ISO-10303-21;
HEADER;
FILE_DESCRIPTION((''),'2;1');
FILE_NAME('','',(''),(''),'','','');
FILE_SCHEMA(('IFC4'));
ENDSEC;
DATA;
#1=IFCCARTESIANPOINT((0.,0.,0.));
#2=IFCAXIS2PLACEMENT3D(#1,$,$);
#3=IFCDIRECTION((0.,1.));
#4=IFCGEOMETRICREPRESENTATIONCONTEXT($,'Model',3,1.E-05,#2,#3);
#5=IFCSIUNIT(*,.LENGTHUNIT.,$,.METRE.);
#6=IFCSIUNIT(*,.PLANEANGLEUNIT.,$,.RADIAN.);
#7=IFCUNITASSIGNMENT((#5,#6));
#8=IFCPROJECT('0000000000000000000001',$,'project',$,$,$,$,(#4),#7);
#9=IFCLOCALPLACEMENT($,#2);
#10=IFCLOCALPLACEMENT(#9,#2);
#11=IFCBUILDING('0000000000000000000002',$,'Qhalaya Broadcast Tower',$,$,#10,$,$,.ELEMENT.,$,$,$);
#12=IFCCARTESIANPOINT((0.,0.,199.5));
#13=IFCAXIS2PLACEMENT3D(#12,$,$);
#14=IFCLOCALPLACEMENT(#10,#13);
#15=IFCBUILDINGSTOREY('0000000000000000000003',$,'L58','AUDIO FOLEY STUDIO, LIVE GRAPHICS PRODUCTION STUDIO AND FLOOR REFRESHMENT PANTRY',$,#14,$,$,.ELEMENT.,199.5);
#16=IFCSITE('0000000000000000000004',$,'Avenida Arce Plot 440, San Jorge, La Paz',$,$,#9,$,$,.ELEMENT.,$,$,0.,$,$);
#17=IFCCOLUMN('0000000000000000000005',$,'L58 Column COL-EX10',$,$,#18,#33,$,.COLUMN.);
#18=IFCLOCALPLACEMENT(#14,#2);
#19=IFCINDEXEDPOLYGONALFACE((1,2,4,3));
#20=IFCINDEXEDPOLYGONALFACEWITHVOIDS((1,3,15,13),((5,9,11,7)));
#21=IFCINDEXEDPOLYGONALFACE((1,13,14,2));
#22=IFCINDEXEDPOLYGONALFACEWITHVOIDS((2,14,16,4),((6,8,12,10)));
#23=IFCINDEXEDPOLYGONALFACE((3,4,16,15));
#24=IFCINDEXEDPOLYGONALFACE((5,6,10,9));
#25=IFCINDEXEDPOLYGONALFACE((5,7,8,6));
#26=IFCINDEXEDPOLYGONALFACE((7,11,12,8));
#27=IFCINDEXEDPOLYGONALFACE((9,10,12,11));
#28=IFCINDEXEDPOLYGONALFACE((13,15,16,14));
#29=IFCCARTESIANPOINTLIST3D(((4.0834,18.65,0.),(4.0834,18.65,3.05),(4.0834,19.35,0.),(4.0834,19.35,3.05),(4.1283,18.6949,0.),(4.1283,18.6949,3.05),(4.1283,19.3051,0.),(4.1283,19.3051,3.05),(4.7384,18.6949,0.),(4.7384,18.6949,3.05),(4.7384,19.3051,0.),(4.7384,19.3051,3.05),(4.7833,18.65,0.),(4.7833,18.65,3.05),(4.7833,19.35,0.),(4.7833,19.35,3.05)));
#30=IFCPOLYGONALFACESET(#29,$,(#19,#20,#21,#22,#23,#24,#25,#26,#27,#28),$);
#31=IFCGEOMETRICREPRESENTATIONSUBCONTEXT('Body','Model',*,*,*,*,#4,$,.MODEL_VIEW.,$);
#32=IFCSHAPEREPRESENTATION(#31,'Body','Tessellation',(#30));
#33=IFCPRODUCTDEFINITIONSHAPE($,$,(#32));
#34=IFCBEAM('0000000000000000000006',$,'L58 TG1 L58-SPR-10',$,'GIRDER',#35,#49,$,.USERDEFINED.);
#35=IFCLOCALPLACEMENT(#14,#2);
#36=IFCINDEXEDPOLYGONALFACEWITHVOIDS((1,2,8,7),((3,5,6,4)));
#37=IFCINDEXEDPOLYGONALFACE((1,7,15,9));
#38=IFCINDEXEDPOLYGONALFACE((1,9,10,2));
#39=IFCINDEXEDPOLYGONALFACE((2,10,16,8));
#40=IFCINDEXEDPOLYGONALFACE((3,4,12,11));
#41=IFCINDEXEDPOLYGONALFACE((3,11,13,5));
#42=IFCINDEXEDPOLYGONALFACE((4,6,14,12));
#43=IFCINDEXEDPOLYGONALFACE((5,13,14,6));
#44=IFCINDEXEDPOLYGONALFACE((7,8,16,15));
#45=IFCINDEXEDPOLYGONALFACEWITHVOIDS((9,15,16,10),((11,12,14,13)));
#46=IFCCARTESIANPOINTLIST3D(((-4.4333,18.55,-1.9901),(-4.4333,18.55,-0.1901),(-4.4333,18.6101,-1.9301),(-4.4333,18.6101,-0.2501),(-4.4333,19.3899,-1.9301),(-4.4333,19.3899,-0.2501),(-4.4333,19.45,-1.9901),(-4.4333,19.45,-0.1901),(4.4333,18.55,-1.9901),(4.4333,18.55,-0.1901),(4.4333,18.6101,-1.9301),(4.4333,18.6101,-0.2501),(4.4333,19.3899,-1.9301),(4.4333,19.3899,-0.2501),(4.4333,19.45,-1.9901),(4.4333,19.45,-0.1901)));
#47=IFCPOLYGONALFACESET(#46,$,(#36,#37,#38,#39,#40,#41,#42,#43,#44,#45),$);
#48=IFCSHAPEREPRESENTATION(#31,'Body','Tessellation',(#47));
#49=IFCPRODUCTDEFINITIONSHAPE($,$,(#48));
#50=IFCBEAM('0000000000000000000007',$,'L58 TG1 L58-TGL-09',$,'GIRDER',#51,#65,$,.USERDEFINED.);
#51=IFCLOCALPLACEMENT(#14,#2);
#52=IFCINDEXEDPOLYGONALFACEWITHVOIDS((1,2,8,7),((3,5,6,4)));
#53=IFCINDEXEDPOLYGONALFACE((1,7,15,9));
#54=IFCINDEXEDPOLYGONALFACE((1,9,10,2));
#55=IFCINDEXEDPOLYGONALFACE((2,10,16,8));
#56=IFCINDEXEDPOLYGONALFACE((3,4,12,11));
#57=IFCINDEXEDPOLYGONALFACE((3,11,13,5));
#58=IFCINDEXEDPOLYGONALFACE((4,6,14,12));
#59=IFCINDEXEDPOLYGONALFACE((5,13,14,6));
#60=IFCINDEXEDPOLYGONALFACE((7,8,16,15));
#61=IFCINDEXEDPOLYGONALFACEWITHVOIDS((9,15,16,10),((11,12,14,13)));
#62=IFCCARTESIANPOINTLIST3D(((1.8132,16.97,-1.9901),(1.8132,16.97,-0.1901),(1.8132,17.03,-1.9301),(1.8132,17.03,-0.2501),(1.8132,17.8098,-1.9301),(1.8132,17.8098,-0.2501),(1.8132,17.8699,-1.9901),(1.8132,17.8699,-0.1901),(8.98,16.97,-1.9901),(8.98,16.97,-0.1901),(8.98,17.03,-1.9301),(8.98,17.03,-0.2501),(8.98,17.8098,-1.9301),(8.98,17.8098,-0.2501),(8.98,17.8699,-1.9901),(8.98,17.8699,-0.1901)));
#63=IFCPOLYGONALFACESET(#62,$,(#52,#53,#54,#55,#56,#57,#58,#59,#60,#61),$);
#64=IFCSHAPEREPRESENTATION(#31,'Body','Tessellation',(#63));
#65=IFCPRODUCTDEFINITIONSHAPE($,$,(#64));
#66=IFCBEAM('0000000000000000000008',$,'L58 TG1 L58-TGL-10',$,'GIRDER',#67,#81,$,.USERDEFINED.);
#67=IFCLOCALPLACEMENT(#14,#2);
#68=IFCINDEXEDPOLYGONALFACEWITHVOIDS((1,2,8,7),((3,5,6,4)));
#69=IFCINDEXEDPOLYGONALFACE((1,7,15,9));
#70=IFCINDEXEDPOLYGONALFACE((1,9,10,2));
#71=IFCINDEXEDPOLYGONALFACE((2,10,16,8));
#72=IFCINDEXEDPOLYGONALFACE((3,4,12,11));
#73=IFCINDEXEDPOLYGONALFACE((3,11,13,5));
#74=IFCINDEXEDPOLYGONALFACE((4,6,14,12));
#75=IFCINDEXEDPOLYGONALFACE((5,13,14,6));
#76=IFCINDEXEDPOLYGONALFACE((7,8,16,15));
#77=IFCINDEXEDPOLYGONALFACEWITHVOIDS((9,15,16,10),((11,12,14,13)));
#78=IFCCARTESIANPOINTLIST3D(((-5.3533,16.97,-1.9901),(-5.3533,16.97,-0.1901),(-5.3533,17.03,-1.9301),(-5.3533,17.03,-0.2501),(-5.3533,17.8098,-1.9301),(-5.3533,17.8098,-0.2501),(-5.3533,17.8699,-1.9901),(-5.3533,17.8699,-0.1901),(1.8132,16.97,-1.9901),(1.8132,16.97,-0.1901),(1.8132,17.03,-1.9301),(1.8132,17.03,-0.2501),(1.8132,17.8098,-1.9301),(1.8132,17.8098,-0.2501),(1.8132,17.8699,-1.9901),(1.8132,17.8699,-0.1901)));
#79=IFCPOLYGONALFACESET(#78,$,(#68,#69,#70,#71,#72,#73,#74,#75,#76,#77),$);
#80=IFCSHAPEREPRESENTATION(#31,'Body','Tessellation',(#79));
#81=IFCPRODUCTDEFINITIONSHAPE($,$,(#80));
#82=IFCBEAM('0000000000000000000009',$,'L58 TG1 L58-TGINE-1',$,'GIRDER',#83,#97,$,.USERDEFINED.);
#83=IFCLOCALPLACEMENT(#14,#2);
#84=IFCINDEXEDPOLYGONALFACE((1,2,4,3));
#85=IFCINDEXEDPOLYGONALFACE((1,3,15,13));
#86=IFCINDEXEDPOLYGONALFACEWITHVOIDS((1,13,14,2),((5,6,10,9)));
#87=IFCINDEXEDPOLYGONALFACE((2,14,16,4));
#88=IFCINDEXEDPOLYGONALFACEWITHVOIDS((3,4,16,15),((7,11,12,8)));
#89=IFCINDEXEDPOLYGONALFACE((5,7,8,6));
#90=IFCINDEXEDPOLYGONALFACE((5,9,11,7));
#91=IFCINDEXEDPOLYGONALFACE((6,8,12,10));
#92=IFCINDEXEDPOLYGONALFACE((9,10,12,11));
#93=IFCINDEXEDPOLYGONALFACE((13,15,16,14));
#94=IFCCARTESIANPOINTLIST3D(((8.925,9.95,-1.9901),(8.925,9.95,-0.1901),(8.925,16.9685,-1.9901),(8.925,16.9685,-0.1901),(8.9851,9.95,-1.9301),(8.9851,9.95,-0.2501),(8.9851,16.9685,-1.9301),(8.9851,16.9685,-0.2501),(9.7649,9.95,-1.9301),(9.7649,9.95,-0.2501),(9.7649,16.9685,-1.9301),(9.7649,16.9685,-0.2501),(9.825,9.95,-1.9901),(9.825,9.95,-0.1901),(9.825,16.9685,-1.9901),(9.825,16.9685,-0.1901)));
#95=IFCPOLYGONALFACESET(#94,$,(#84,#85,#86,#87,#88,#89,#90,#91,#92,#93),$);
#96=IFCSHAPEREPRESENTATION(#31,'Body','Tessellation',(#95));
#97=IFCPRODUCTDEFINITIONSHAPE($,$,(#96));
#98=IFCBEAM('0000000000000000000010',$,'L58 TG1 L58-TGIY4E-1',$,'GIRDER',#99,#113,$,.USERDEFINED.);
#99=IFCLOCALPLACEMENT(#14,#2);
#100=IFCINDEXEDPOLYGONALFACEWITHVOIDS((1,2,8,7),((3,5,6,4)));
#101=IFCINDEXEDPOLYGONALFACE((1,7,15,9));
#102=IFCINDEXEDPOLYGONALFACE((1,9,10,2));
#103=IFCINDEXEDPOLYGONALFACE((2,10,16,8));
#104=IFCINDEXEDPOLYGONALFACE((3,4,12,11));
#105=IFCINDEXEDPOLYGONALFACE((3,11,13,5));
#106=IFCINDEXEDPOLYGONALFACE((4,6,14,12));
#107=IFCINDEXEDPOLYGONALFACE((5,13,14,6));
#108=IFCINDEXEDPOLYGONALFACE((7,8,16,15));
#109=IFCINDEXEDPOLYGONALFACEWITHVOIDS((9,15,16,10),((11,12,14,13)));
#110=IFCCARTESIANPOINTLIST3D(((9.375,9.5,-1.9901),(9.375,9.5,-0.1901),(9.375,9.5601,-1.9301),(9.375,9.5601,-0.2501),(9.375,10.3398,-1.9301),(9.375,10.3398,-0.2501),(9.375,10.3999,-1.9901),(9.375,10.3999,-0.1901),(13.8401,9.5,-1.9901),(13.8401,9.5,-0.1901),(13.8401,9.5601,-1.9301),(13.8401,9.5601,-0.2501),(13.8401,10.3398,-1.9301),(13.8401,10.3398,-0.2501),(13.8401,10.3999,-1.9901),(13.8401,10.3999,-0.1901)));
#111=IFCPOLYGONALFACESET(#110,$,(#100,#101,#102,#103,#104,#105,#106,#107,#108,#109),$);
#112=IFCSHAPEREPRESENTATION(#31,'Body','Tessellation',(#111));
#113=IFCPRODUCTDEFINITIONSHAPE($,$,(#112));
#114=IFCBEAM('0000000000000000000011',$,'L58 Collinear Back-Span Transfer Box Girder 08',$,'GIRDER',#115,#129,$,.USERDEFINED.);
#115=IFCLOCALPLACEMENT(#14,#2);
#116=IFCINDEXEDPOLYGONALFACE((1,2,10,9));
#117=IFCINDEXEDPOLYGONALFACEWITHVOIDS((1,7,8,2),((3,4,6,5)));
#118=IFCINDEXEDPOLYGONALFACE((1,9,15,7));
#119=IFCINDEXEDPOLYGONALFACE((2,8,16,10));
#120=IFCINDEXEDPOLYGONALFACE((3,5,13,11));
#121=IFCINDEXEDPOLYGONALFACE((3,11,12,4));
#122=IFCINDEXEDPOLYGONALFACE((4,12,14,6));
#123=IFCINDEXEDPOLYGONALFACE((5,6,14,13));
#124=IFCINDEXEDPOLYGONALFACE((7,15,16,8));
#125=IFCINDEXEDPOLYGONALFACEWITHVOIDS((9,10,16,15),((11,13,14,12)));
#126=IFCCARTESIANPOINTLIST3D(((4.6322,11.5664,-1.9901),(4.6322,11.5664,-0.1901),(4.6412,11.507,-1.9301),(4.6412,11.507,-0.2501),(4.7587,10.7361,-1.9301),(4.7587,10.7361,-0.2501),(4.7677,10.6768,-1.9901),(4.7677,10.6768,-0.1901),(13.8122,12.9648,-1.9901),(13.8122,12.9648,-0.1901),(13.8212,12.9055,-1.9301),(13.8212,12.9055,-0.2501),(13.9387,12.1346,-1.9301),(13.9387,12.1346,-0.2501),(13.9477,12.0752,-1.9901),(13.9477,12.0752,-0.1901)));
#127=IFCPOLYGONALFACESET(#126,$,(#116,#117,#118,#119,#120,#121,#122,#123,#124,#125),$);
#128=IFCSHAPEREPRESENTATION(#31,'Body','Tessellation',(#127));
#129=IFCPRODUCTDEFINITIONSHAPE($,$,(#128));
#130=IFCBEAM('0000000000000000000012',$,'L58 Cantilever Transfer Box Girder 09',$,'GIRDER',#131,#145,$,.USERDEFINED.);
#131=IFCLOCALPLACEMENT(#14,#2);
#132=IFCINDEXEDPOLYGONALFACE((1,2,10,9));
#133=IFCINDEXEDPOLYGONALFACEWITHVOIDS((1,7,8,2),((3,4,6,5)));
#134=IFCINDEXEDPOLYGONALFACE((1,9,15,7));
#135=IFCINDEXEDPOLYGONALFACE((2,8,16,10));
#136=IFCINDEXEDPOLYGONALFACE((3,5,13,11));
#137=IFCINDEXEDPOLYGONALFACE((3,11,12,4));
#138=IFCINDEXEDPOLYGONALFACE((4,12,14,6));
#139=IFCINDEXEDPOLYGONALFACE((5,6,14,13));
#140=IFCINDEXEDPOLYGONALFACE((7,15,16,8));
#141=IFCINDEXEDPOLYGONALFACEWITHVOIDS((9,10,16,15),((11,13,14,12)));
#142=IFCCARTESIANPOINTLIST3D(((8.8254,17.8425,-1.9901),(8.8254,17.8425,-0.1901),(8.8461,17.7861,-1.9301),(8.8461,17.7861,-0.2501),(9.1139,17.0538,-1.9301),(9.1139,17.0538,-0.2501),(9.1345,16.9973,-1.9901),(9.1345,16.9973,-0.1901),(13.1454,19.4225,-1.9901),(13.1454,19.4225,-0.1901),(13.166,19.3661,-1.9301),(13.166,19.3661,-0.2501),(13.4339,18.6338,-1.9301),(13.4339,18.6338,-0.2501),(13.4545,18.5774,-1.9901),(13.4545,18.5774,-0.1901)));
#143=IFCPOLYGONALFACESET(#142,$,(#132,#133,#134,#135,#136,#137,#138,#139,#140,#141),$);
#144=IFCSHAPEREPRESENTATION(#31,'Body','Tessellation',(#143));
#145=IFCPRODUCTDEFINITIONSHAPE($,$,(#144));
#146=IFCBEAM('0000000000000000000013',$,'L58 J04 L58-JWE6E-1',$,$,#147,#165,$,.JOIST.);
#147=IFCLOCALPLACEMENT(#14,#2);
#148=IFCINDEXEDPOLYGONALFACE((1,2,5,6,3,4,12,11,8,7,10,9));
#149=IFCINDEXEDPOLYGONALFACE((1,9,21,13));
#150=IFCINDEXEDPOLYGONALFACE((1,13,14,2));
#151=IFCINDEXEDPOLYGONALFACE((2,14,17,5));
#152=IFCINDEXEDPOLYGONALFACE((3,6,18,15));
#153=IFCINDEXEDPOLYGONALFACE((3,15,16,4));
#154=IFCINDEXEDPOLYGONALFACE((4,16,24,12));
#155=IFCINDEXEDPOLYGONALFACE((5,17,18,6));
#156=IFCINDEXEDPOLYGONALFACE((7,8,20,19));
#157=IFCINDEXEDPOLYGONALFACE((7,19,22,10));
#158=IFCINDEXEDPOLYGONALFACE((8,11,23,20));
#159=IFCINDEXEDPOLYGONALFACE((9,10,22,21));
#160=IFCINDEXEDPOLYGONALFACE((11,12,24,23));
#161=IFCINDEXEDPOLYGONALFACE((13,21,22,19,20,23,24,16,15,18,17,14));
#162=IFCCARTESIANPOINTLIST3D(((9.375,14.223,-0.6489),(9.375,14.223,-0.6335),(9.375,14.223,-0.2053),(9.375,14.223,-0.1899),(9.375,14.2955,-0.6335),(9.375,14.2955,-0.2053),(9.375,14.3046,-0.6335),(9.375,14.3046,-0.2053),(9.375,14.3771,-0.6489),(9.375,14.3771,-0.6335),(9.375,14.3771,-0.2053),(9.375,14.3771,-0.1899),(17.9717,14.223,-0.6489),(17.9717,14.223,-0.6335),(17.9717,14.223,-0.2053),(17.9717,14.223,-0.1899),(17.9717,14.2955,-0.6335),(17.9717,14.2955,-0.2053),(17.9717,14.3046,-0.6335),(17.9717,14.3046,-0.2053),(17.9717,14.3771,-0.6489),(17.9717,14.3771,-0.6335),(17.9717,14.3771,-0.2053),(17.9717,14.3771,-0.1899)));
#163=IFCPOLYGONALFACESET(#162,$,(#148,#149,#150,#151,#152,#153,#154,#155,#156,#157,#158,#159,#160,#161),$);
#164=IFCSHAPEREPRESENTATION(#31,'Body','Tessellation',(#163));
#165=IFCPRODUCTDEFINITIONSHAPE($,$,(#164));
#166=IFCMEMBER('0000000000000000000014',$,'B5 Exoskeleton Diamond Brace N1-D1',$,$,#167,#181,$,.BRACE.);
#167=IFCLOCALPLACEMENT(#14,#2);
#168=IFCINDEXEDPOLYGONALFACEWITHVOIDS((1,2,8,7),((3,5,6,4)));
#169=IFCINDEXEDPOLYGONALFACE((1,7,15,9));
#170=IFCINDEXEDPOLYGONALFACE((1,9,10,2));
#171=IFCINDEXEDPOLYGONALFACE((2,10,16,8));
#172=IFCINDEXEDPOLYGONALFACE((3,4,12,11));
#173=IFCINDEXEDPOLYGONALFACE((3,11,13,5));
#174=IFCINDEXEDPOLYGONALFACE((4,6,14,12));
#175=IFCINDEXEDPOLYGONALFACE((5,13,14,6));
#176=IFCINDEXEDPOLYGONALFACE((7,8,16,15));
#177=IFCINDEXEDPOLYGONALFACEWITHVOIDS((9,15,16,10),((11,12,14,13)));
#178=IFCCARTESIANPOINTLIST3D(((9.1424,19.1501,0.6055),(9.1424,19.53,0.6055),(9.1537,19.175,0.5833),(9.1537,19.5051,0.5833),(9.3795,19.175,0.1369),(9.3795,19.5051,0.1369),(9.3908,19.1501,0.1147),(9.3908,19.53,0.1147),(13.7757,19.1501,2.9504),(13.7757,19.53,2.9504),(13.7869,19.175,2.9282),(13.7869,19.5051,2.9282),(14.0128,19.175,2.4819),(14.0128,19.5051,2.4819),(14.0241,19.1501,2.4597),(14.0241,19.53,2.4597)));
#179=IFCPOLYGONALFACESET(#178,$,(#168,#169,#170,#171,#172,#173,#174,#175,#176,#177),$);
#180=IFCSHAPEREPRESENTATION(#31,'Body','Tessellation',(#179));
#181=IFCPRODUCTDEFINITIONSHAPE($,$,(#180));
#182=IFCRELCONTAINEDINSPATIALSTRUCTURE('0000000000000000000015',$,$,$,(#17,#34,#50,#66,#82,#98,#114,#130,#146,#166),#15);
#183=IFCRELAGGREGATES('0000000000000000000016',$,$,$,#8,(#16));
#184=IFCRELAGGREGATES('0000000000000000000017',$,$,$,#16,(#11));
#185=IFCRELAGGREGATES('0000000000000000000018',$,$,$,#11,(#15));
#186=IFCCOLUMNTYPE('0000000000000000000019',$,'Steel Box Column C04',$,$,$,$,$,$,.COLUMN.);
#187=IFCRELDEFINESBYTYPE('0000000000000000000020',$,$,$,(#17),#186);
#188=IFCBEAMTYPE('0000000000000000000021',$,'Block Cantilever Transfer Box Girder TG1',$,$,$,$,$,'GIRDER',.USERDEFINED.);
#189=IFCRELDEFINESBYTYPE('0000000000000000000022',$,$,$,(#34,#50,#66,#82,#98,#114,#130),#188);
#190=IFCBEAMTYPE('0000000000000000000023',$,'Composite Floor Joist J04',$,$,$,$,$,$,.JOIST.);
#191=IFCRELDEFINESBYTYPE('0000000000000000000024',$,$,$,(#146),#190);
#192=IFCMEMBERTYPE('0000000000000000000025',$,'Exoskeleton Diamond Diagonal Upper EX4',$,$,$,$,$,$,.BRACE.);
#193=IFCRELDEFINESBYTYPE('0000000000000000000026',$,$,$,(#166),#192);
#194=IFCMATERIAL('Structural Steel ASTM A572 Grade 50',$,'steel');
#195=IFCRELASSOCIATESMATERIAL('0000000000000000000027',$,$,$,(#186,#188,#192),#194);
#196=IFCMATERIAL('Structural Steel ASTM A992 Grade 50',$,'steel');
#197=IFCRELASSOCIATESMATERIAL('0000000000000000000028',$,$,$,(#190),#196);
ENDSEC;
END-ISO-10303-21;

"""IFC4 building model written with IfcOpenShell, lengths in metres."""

from ifc_helpers import new_model, si_unit, direction, frame, origin, origin_2d, place, context, subcontext, project, spatial, hollow_rectangle, i_section, extrude, material, material_profile, profile_set, type_object, element, save


model = new_model("IFC4")

# Units and contexts
model_context = context("Model", 3, precision=1e-05, world=origin(), true_north=direction((0.0, 1.0)))
body_context = subcontext(model_context, "Body", "Model", "MODEL_VIEW")
ifc_project = project(units=[si_unit("LENGTHUNIT", "METRE"), si_unit("PLANEANGLEUNIT", "RADIAN")], contexts=[model_context])

# Site, building, storey
site_placement = place(None, origin())
site = spatial("IfcSite", under=ifc_project, at=site_placement, Name="Avenida Arce Plot 440, San Jorge, La Paz", CompositionType="ELEMENT", RefElevation=0.0)
building_placement = place(site_placement, origin())
building = spatial("IfcBuilding", under=site, at=building_placement, Name="Qhalaya Broadcast Tower", CompositionType="ELEMENT")
storey_placement = place(building_placement, frame((0.0, 0.0, 199.5)))
storey = spatial("IfcBuildingStorey", under=building, at=storey_placement, Name="L58", Description="AUDIO FOLEY STUDIO, LIVE GRAPHICS PRODUCTION STUDIO AND FLOOR REFRESHMENT PANTRY", CompositionType="ELEMENT", Elevation=199.5)

# Column
ifc_material_1 = material(Name="Structural Steel ASTM A572 Grade 50", Category="steel")
ifc_material_profile_1 = material_profile(ifc_material_1, hollow_rectangle(XDim=0.7, YDim=0.7, WallThickness=0.0449, at=origin_2d()), Name="BOX 700x700x45")
ifc_profile_set_1 = profile_set([ifc_material_profile_1], Name="Structural Steel ASTM A572 Grade 50")
column_type = type_object("IfcColumnType", Name="Steel Box Column C04", PredefinedType="COLUMN", material=ifc_profile_set_1)
column_placement = place(storey_placement, frame((4.4333, 19.0, 0.0), z_axis=(0.0, 0.0, 1.0), x_axis=(1.0, 0.0, 0.0)))
element("IfcColumn", 1, at=column_placement, inside=storey, type_object=column_type, Name="L58 Column COL-EX10", PredefinedType="COLUMN", context=body_context, shape_type="SweptSolid", body=[
    extrude(hollow_rectangle(XDim=0.7, YDim=0.7, WallThickness=0.0449, at=origin_2d()), origin(), (0.0, 0.0, 1.0), 3.05),
])

# Beams
ifc_material_profile_2 = material_profile(ifc_material_1, hollow_rectangle(XDim=0.8999, YDim=1.8, WallThickness=0.0601, at=origin_2d()), Name="BOX 900x1800x60")
ifc_profile_set_2 = profile_set([ifc_material_profile_2], Name="Structural Steel ASTM A572 Grade 50")
beam_type_1 = type_object("IfcBeamType", Name="Block Cantilever Transfer Box Girder TG1", ElementType="GIRDER", PredefinedType="USERDEFINED", material=ifc_profile_set_2)
beam_1_placement = place(storey_placement, frame((4.4333, 19.0, -1.0901), z_axis=(-1.0, 0.0, 0.0), x_axis=(0.0, -1.0, 0.0)))
element("IfcBeam", 2, at=beam_1_placement, inside=storey, type_object=beam_type_1, Name="L58 TG1 L58-SPR-10", ObjectType="GIRDER", PredefinedType="USERDEFINED", context=body_context, shape_type="SweptSolid", body=[
    extrude(hollow_rectangle(XDim=0.8999, YDim=1.8, WallThickness=0.0601, at=origin_2d()), origin(), (0.0, 0.0, 1.0), 8.8667),
])
beam_2_placement = place(storey_placement, frame((8.98, 17.4199, -1.0901), z_axis=(-1.0, 0.0, 0.0), x_axis=(0.0, -1.0, 0.0)))
element("IfcBeam", 3, at=beam_2_placement, inside=storey, type_object=beam_type_1, Name="L58 TG1 L58-TGL-09", ObjectType="GIRDER", PredefinedType="USERDEFINED", context=body_context, shape_type="SweptSolid", body=[
    extrude(hollow_rectangle(XDim=0.8999, YDim=1.8, WallThickness=0.0601, at=origin_2d()), origin(), (0.0, 0.0, 1.0), 7.1667),
])
beam_3_placement = place(storey_placement, frame((1.8132, 17.4199, -1.0901), z_axis=(-1.0, 0.0, 0.0), x_axis=(0.0, -1.0, 0.0)))
element("IfcBeam", 4, at=beam_3_placement, inside=storey, type_object=beam_type_1, Name="L58 TG1 L58-TGL-10", ObjectType="GIRDER", PredefinedType="USERDEFINED", context=body_context, shape_type="SweptSolid", body=[
    extrude(hollow_rectangle(XDim=0.8999, YDim=1.8, WallThickness=0.0601, at=origin_2d()), origin(), (0.0, 0.0, 1.0), 7.1665),
])
beam_4_placement = place(storey_placement, frame((9.375, 9.95, -1.0901), z_axis=(0.0, 1.0, 0.0), x_axis=(-1.0, 0.0, 0.0)))
element("IfcBeam", 5, at=beam_4_placement, inside=storey, type_object=beam_type_1, Name="L58 TG1 L58-TGINE-1", ObjectType="GIRDER", PredefinedType="USERDEFINED", context=body_context, shape_type="SweptSolid", body=[
    extrude(hollow_rectangle(XDim=0.8999, YDim=1.8, WallThickness=0.0601, at=origin_2d()), origin(), (0.0, 0.0, 1.0), 7.0186),
])
beam_5_placement = place(storey_placement, frame((9.375, 9.95, -1.0901), z_axis=(1.0, 0.0, 0.0), x_axis=(0.0, 1.0, 0.0)))
element("IfcBeam", 6, at=beam_5_placement, inside=storey, type_object=beam_type_1, Name="L58 TG1 L58-TGIY4E-1", ObjectType="GIRDER", PredefinedType="USERDEFINED", context=body_context, shape_type="SweptSolid", body=[
    extrude(hollow_rectangle(XDim=0.8999, YDim=1.8, WallThickness=0.0601, at=origin_2d()), origin(), (0.0, 0.0, 1.0), 4.4651),
])
beam_6_placement = place(storey_placement, frame((4.7, 11.1216, -1.0901), z_axis=(0.988595, 0.150599, 0.0), x_axis=(-0.150599, 0.988595, 0.0)))
element("IfcBeam", 7, at=beam_6_placement, inside=storey, type_object=beam_type_1, Name="L58 Collinear Back-Span Transfer Box Girder 08", ObjectType="GIRDER", PredefinedType="USERDEFINED", context=body_context, shape_type="SweptSolid", body=[
    extrude(hollow_rectangle(XDim=0.8999, YDim=1.8, WallThickness=0.0601, at=origin_2d()), origin(), (0.0, 0.0, 1.0), 9.2859),
])
beam_7_placement = place(storey_placement, frame((8.98, 17.4199, -1.0901), z_axis=(0.939153, 0.343498, 0.0), x_axis=(-0.343498, 0.939153, 0.0)))
element("IfcBeam", 8, at=beam_7_placement, inside=storey, type_object=beam_type_1, Name="L58 Cantilever Transfer Box Girder 09", ObjectType="GIRDER", PredefinedType="USERDEFINED", context=body_context, shape_type="SweptSolid", body=[
    extrude(hollow_rectangle(XDim=0.8999, YDim=1.8, WallThickness=0.0601, at=origin_2d()), origin(), (0.0, 0.0, 1.0), 4.5999),
])
ifc_material_2 = material(Name="Structural Steel ASTM A992 Grade 50", Category="steel")
ifc_material_profile_3 = material_profile(ifc_material_2, i_section(OverallWidth=0.1541, OverallDepth=0.459, WebThickness=0.009, FlangeThickness=0.0154, at=origin_2d()), Name="W18X46")
ifc_profile_set_3 = profile_set([ifc_material_profile_3], Name="Structural Steel ASTM A992 Grade 50")
beam_type_2 = type_object("IfcBeamType", Name="Composite Floor Joist J04", PredefinedType="JOIST", material=ifc_profile_set_3)
beam_8_placement = place(storey_placement, frame((9.375, 14.3, -0.4194), z_axis=(1.0, 0.0, 0.0), x_axis=(0.0, 1.0, 0.0)))
element("IfcBeam", 9, at=beam_8_placement, inside=storey, type_object=beam_type_2, Name="L58 J04 L58-JWE6E-1", PredefinedType="JOIST", context=body_context, shape_type="SweptSolid", body=[
    extrude(i_section(OverallWidth=0.1541, OverallDepth=0.459, WebThickness=0.009, FlangeThickness=0.0154, at=origin_2d()), origin(), (0.0, 0.0, 1.0), 8.5967),
])

# Member
ifc_material_profile_4 = material_profile(ifc_material_1, hollow_rectangle(XDim=0.3799, YDim=0.55, WallThickness=0.0249, at=origin_2d()), Name="BOX 380x550x25")
ifc_profile_set_4 = profile_set([ifc_material_profile_4], Name="Structural Steel ASTM A572 Grade 50")
member_type = type_object("IfcMemberType", Name="Exoskeleton Diamond Diagonal Upper EX4", PredefinedType="BRACE", material=ifc_profile_set_4)
for number, where, z_axis, x_axis, name in (
    (10, (9.2666, 19.3401, 0.3601), (0.892235, 0.0, 0.451571), (0.0, 1.0, 0.0), "B5 Exoskeleton Diamond Brace N1-D1"),
):
    element("IfcMember", number, at=place(storey_placement, frame(where, z_axis=z_axis, x_axis=x_axis)), inside=storey, type_object=member_type, Name=name, PredefinedType="BRACE", context=body_context, shape_type="SweptSolid", body=[
        extrude(hollow_rectangle(XDim=0.3799, YDim=0.55, WallThickness=0.0249, at=origin_2d()), origin(), (0.0, 0.0, 1.0), 5.1929),
    ])

save(model, "model.ifc")
